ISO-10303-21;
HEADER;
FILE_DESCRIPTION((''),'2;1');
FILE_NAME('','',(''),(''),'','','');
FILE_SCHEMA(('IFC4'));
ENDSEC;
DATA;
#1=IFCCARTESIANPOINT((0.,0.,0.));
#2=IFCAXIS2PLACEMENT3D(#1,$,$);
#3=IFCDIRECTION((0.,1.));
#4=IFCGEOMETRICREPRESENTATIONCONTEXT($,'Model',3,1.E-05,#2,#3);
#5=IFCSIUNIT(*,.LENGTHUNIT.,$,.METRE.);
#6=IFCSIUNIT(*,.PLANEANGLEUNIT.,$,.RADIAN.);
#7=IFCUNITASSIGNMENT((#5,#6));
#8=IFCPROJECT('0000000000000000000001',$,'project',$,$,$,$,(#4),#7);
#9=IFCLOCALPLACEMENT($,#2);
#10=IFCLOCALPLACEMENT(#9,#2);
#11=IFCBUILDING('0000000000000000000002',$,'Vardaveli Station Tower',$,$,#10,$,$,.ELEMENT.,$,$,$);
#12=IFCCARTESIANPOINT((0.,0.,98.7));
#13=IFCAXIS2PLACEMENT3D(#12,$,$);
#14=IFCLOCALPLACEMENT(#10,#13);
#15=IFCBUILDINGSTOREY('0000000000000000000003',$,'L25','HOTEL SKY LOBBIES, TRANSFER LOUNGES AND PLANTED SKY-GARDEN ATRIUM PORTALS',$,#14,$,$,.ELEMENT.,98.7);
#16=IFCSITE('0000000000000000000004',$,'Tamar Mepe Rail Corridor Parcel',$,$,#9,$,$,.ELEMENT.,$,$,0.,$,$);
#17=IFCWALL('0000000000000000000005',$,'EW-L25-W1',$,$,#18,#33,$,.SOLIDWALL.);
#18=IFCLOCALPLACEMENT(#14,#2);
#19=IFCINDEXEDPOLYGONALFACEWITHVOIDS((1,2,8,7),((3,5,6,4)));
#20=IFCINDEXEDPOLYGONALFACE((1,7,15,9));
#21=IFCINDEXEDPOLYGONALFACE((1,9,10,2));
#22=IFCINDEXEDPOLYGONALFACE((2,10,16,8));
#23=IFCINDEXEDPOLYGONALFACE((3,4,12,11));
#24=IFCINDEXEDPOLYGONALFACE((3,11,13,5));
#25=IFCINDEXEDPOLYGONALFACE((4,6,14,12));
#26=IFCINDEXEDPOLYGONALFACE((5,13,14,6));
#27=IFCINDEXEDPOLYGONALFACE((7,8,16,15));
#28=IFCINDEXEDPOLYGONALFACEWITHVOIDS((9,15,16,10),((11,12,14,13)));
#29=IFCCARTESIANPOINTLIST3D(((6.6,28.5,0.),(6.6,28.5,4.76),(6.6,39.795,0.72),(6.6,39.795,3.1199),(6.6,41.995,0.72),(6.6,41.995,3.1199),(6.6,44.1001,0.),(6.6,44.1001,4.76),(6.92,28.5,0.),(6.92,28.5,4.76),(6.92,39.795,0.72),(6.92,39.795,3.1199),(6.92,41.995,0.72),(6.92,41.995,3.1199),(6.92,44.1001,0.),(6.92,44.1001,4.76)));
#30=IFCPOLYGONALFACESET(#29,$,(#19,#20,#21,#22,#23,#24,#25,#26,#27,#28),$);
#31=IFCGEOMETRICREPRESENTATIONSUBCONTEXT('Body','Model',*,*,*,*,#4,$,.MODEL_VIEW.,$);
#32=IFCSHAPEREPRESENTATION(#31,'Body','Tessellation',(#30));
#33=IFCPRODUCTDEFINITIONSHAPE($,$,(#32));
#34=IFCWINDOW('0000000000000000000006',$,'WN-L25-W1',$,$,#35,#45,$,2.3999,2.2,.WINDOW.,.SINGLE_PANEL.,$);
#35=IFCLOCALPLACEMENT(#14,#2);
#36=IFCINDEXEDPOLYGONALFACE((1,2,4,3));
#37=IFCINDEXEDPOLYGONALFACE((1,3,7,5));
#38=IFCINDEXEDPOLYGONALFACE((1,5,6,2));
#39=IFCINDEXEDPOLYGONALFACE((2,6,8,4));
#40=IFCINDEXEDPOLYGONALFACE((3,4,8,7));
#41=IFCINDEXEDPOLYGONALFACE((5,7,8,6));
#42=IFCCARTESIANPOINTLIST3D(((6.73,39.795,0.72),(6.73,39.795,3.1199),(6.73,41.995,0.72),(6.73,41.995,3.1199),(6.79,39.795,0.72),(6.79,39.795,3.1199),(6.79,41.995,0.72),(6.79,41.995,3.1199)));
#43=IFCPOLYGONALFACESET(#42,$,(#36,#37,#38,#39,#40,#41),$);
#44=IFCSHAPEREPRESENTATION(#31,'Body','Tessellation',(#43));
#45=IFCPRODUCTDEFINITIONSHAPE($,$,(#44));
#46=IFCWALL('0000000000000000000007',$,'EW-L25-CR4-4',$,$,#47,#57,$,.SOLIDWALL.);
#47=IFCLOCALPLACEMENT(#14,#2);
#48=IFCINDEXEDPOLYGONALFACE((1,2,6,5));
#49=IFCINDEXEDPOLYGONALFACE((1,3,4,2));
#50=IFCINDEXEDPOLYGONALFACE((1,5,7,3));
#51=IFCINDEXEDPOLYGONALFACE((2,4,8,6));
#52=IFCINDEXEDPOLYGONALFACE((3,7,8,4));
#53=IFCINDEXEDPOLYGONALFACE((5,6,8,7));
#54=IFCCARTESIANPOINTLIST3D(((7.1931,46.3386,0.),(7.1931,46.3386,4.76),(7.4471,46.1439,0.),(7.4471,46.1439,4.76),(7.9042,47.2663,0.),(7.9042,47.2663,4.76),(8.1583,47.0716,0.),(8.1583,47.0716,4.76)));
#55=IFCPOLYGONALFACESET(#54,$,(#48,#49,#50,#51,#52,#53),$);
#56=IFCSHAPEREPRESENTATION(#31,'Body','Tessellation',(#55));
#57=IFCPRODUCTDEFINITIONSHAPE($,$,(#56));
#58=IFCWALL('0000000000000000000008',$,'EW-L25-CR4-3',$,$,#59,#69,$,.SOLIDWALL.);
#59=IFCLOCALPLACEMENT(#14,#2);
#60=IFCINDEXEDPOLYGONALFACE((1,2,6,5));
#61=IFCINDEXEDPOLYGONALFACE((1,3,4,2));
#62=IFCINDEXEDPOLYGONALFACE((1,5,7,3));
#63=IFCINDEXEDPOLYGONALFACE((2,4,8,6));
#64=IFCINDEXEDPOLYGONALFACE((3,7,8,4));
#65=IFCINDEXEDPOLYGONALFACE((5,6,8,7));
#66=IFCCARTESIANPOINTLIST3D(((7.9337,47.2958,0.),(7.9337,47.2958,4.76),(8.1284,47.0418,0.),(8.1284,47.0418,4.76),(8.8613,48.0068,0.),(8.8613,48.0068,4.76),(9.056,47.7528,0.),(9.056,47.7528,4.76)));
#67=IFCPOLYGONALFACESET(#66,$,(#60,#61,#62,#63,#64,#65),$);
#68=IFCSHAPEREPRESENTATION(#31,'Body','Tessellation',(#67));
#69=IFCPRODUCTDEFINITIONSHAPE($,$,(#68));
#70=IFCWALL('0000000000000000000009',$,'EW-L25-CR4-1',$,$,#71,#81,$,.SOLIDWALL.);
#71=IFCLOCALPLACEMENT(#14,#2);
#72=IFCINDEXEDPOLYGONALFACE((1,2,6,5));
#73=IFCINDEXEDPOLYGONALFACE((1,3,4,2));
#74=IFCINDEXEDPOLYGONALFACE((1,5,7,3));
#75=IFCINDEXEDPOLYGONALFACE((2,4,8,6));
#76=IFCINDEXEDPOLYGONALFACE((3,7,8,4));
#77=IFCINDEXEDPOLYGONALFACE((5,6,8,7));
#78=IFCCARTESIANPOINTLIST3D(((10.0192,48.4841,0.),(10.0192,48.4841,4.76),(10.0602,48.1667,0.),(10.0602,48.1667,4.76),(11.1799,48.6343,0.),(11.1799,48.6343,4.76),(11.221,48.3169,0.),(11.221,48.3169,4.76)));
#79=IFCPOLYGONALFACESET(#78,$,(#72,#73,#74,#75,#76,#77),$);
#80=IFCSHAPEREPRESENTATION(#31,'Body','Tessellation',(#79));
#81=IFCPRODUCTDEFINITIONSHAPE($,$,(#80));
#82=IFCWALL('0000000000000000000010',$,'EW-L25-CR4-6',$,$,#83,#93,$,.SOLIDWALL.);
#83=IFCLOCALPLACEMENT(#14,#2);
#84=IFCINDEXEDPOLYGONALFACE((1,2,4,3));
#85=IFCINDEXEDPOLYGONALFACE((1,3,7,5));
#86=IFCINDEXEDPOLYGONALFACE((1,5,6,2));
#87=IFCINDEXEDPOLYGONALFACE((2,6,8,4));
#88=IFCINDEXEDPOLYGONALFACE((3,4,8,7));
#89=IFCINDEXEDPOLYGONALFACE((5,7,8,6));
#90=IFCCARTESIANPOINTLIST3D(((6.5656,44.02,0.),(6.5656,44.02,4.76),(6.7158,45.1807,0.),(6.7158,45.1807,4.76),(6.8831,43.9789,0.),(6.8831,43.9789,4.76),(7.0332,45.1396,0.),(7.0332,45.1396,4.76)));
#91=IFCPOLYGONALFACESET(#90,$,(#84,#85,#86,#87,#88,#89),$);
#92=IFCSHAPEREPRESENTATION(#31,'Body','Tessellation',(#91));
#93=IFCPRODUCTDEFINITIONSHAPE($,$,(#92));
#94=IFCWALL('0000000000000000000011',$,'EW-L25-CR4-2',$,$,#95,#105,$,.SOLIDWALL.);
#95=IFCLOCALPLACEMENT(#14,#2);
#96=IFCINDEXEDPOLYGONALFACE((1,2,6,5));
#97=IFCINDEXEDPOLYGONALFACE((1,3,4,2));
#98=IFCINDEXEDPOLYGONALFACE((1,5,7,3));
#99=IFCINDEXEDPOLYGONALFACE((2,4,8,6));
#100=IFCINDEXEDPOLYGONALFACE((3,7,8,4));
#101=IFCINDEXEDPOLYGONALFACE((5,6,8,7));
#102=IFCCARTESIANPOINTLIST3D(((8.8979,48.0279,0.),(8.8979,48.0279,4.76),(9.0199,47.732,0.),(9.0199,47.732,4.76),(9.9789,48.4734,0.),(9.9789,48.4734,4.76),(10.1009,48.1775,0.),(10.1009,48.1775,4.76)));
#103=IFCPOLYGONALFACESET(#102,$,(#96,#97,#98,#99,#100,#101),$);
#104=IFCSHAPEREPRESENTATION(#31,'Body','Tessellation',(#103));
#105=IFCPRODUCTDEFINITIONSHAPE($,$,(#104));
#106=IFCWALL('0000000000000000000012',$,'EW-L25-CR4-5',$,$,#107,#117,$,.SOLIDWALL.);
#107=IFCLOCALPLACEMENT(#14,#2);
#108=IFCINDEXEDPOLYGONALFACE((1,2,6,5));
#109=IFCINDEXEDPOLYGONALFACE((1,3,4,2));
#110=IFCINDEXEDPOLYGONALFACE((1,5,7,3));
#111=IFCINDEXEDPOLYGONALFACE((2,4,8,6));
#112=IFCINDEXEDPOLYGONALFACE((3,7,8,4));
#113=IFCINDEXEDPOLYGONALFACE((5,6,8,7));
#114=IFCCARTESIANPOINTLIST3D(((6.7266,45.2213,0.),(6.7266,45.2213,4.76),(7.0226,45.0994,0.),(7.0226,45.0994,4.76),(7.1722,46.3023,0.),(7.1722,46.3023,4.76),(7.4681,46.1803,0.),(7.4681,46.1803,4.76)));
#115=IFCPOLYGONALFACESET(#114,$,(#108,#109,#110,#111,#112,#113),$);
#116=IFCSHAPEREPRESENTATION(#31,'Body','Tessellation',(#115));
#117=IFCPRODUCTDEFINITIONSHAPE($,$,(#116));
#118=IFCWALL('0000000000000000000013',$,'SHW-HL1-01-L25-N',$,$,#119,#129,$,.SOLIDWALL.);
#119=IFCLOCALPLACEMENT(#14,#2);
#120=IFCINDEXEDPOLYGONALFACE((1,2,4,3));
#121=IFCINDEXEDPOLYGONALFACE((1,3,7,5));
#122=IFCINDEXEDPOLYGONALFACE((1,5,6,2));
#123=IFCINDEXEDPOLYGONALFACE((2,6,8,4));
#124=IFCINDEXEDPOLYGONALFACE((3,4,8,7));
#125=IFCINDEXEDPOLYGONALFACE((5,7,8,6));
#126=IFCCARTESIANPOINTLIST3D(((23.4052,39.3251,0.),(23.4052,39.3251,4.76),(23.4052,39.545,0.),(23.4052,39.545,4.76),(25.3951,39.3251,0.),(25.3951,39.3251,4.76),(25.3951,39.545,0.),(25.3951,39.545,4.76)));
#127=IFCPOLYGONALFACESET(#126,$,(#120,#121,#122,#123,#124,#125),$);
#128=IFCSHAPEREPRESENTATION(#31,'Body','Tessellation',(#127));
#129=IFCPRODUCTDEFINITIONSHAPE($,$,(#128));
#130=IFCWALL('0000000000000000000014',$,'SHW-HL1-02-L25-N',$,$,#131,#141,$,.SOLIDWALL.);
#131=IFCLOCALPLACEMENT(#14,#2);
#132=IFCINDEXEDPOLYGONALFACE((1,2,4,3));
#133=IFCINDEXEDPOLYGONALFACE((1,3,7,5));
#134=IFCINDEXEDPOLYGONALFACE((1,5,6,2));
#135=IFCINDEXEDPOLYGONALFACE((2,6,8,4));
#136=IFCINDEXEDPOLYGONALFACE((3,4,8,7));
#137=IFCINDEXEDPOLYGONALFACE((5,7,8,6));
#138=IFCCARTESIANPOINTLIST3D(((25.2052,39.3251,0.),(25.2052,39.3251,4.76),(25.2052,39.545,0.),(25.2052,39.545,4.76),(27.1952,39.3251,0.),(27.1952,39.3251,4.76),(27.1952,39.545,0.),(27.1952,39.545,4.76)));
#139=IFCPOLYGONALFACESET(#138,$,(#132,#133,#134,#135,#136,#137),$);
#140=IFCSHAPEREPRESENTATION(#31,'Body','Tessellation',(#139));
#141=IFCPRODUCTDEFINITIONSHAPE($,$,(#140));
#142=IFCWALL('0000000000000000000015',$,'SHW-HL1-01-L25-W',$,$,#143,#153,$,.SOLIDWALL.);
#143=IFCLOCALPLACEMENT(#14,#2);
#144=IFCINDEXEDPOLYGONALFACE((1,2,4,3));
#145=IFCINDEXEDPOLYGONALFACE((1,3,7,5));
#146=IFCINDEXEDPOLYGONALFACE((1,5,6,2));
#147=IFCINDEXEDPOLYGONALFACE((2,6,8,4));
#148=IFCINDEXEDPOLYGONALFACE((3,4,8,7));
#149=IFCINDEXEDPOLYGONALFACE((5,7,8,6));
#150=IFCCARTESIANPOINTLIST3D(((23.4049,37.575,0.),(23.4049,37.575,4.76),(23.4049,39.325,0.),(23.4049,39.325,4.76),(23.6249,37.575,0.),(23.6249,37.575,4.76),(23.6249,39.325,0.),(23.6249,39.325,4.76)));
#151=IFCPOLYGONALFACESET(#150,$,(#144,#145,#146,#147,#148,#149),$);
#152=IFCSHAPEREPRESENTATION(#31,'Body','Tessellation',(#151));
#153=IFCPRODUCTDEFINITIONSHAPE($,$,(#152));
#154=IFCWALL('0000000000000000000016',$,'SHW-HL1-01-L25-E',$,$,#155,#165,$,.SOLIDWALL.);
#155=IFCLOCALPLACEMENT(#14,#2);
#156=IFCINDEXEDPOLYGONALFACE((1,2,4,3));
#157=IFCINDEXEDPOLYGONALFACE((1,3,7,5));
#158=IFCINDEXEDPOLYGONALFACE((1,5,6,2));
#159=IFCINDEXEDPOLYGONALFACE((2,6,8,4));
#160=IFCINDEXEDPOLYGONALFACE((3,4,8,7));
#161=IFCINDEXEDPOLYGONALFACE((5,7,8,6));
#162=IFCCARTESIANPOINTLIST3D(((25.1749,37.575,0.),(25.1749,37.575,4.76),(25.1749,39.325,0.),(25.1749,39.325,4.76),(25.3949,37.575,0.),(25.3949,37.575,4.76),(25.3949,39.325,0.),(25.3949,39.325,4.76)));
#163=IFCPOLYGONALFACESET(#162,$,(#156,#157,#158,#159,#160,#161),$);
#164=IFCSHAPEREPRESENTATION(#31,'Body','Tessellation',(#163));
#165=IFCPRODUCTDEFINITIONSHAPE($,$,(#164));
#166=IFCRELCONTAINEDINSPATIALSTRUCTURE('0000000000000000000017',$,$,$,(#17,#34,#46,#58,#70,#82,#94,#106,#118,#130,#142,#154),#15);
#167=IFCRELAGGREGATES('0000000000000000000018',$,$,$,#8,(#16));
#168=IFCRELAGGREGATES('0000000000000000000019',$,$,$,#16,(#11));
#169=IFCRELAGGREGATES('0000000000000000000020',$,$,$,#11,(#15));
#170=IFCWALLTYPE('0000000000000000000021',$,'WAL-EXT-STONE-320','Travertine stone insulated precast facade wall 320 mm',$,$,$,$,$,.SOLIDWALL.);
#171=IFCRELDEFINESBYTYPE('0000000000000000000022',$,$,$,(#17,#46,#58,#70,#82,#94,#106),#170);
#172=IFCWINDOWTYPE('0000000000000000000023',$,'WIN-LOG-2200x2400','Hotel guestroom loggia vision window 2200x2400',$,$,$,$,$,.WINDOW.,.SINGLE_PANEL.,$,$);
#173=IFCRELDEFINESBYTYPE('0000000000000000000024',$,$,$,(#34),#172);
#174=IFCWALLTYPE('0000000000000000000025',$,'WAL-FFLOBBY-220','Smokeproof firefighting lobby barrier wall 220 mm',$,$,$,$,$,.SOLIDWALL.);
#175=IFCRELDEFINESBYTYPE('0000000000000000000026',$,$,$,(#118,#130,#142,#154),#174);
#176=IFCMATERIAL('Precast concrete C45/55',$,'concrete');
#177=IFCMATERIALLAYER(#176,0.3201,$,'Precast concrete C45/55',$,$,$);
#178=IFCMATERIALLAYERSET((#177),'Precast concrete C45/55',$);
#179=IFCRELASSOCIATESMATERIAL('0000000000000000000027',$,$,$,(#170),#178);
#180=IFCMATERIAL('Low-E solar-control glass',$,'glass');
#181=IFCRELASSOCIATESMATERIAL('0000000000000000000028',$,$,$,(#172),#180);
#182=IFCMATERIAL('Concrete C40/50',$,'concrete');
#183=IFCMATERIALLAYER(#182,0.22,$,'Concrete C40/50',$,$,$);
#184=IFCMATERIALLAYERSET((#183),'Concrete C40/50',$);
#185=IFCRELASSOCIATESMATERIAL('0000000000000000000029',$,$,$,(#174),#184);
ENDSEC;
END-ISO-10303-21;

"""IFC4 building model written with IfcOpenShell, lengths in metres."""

from ifc_helpers import new_model, si_unit, direction, frame, frame_2d, origin, place, context, subcontext, project, spatial, rectangle, extrude, source, transform, mapped, material, layer, layer_set, type_object, element, fill, save


model = new_model("IFC4")

# Units and contexts
model_context = context("Model", 3, precision=1e-05, world=origin(), true_north=direction((0.0, 1.0)))
body_context = subcontext(model_context, "Body", "Model", "MODEL_VIEW")
ifc_project = project(units=[si_unit("LENGTHUNIT", "METRE"), si_unit("PLANEANGLEUNIT", "RADIAN")], contexts=[model_context])

# Site, building, storey
site_placement = place(None, origin())
site = spatial("IfcSite", under=ifc_project, at=site_placement, Name="Tamar Mepe Rail Corridor Parcel", CompositionType="ELEMENT", RefElevation=0.0)
building_placement = place(site_placement, origin())
building = spatial("IfcBuilding", under=site, at=building_placement, Name="Vardaveli Station Tower", CompositionType="ELEMENT")
storey_placement = place(building_placement, frame((0.0, 0.0, 98.7)))
storey = spatial("IfcBuildingStorey", under=building, at=storey_placement, Name="L25", Description="HOTEL SKY LOBBIES, TRANSFER LOUNGES AND PLANTED SKY-GARDEN ATRIUM PORTALS", CompositionType="ELEMENT", Elevation=98.7)

# Wall, opening, window
ifc_material_1 = material(Name="Precast concrete C45/55", Category="concrete")
ifc_layer_1 = layer(ifc_material_1, 0.3201, Name="Precast concrete C45/55")
ifc_layer_set_1 = layer_set([ifc_layer_1], Name="Precast concrete C45/55")
wall_type_1 = type_object("IfcWallType", Name="WAL-EXT-STONE-320", Description="Travertine stone insulated precast facade wall 320 mm", PredefinedType="SOLIDWALL", material=ifc_layer_set_1)
shared_shape_1 = source(origin(), body_context, "Body", "SweptSolid", [
    extrude(rectangle(XDim=15.6001, YDim=0.3201, at=frame_2d((7.8, 0.0))), origin(), (0.0, 0.0, 1.0), 4.76),
])
wall_1_placement = place(storey_placement, frame((6.76, 44.1001, 0.0), z_axis=(0.0, 0.0, 1.0), x_axis=(0.0, -1.0, 0.0)))
wall_1 = element("IfcWall", 1, at=wall_1_placement, inside=storey, type_object=wall_type_1, Name="EW-L25-W1", PredefinedType="SOLIDWALL", context=body_context, shape_type="MappedRepresentation", body=[
    mapped(shared_shape_1, transform((0.0, 0.0, 0.0), scale=1.0)),
])
shared_shape_2 = source(origin(), body_context, "Body", "SweptSolid", [
    extrude(rectangle(XDim=2.2, YDim=2.3999, at=frame_2d((1.1001, 1.2))), frame((0.0, 0.1699, 0.0), z_axis=(0.0, -1.0, 0.0), x_axis=(1.0, 0.0, 0.0)), (0.0, 0.0, 1.0), 0.3401),
])
opening_1_placement = place(wall_1_placement, frame((2.105, 0.0, 0.72)))
opening_1 = element("IfcOpeningElement", 2, at=opening_1_placement, cuts=wall_1, PredefinedType="OPENING", context=body_context, shape_type="MappedRepresentation", body=[
    mapped(shared_shape_2, transform((0.0, 0.0, 0.0), scale=1.0)),
])
ifc_material_2 = material(Name="Low-E solar-control glass", Category="glass")
window_type = type_object("IfcWindowType", Name="WIN-LOG-2200x2400", Description="Hotel guestroom loggia vision window 2200x2400", PartitioningType="SINGLE_PANEL", PredefinedType="WINDOW", material=ifc_material_2)
shared_shape_3 = source(origin(), body_context, "Body", "SweptSolid", [
    extrude(rectangle(XDim=2.2, YDim=2.3999, at=frame_2d((1.1001, 1.2))), frame((0.0, 0.03, 0.0), z_axis=(0.0, -1.0, 0.0), x_axis=(1.0, 0.0, 0.0)), (0.0, 0.0, 1.0), 0.0601),
])
window_placement = place(opening_1_placement, origin())
window = element("IfcWindow", 3, at=window_placement, inside=storey, type_object=window_type, Name="WN-L25-W1", OverallHeight=2.3999, OverallWidth=2.2, PartitioningType="SINGLE_PANEL", PredefinedType="WINDOW", context=body_context, shape_type="MappedRepresentation", body=[
    mapped(shared_shape_3, transform((0.0, 0.0, 0.0), scale=1.0)),
])
fill(opening_1, window)

# Walls
shared_shape_4 = source(origin(), body_context, "Body", "SweptSolid", [
    extrude(rectangle(XDim=1.1689, YDim=0.3201, at=frame_2d((0.5845, 0.0))), origin(), (0.0, 0.0, 1.0), 4.76),
])
wall_2_placement = place(storey_placement, frame((8.0312, 47.1689, 0.0), z_axis=(0.0, 0.0, 1.0), x_axis=(-0.608388, -0.79364, 0.0)))
element("IfcWall", 4, at=wall_2_placement, inside=storey, type_object=wall_type_1, Name="EW-L25-CR4-4", PredefinedType="SOLIDWALL", context=body_context, shape_type="MappedRepresentation", body=[
    mapped(shared_shape_4, transform((0.0, 0.0, 0.0), scale=1.0)),
])
shared_shape_5 = source(origin(), body_context, "Body", "SweptSolid", [
    extrude(rectangle(XDim=1.1687, YDim=0.3201, at=frame_2d((0.5845, 0.0))), origin(), (0.0, 0.0, 1.0), 4.76),
])
wall_3_placement = place(storey_placement, frame((8.9587, 47.8799, 0.0), z_axis=(0.0, 0.0, 1.0), x_axis=(-0.793664, -0.608357, 0.0)))
element("IfcWall", 5, at=wall_3_placement, inside=storey, type_object=wall_type_1, Name="EW-L25-CR4-3", PredefinedType="SOLIDWALL", context=body_context, shape_type="MappedRepresentation", body=[
    mapped(shared_shape_5, transform((0.0, 0.0, 0.0), scale=1.0)),
])
shared_shape_6 = source(origin(), body_context, "Body", "SweptSolid", [
    extrude(rectangle(XDim=1.1704, YDim=0.3201, at=frame_2d((0.5852, 0.0))), origin(), (0.0, 0.0, 1.0), 4.76),
])
for number, where, z_axis, x_axis, name in (
    (6, (11.2004, 48.4756, 0.0), (0.0, 0.0, 1.0), (-0.991736, -0.128296, 0.0), "EW-L25-CR4-1"),
    (7, (6.8745, 45.1602, 0.0), (0.0, 0.0, 1.0), (-0.128296, -0.991736, 0.0), "EW-L25-CR4-6"),
):
    element("IfcWall", number, at=place(storey_placement, frame(where, z_axis=z_axis, x_axis=x_axis)), inside=storey, type_object=wall_type_1, Name=name, PredefinedType="SOLIDWALL", context=body_context, shape_type="MappedRepresentation", body=[
        mapped(shared_shape_6, transform((0.0, 0.0, 0.0), scale=1.0)),
    ])
shared_shape_7 = source(origin(), body_context, "Body", "SweptSolid", [
    extrude(rectangle(XDim=1.1692, YDim=0.3201, at=frame_2d((0.5845, 0.0))), origin(), (0.0, 0.0, 1.0), 4.76),
])
for number, where, z_axis, x_axis, name in (
    (8, (10.0398, 48.3254, 0.0), (0.0, 0.0, 1.0), (-0.924553, -0.381054, 0.0), "EW-L25-CR4-2"),
    (9, (7.3201, 46.2412, 0.0), (0.0, 0.0, 1.0), (-0.381054, -0.924553, 0.0), "EW-L25-CR4-5"),
):
    element("IfcWall", number, at=place(storey_placement, frame(where, z_axis=z_axis, x_axis=x_axis)), inside=storey, type_object=wall_type_1, Name=name, PredefinedType="SOLIDWALL", context=body_context, shape_type="MappedRepresentation", body=[
        mapped(shared_shape_7, transform((0.0, 0.0, 0.0), scale=1.0)),
    ])
ifc_material_3 = material(Name="Concrete C40/50", Category="concrete")
ifc_layer_2 = layer(ifc_material_3, 0.22, Name="Concrete C40/50")
ifc_layer_set_2 = layer_set([ifc_layer_2], Name="Concrete C40/50")
wall_type_2 = type_object("IfcWallType", Name="WAL-FFLOBBY-220", Description="Smokeproof firefighting lobby barrier wall 220 mm", PredefinedType="SOLIDWALL", material=ifc_layer_set_2)
shared_shape_8 = source(origin(), body_context, "Body", "SweptSolid", [
    extrude(rectangle(XDim=1.99, YDim=0.22, at=frame_2d((0.9951, 0.0))), origin(), (0.0, 0.0, 1.0), 4.76),
])
for number, where, z_axis, x_axis, name in (
    (10, (23.405, 39.4351, 0.0), (0.0, 0.0, 1.0), (1.0, 0.0, 0.0), "SHW-HL1-01-L25-N"),
    (11, (25.2051, 39.4351, 0.0), (0.0, 0.0, 1.0), (1.0, 0.0, 0.0), "SHW-HL1-02-L25-N"),
):
    element("IfcWall", number, at=place(storey_placement, frame(where, z_axis=z_axis, x_axis=x_axis)), inside=storey, type_object=wall_type_2, Name=name, PredefinedType="SOLIDWALL", context=body_context, shape_type="MappedRepresentation", body=[
        mapped(shared_shape_8, transform((0.0, 0.0, 0.0), scale=1.0)),
    ])
shared_shape_9 = source(origin(), body_context, "Body", "SweptSolid", [
    extrude(rectangle(XDim=1.75, YDim=0.22, at=frame_2d((0.875, 0.0))), origin(), (0.0, 0.0, 1.0), 4.76),
])
for number, where, z_axis, x_axis, name in (
    (12, (23.5149, 37.575, 0.0), (0.0, 0.0, 1.0), (0.0, 1.0, 0.0), "SHW-HL1-01-L25-W"),
    (13, (25.2849, 37.575, 0.0), (0.0, 0.0, 1.0), (0.0, 1.0, 0.0), "SHW-HL1-01-L25-E"),
):
    element("IfcWall", number, at=place(storey_placement, frame(where, z_axis=z_axis, x_axis=x_axis)), inside=storey, type_object=wall_type_2, Name=name, PredefinedType="SOLIDWALL", context=body_context, shape_type="MappedRepresentation", body=[
        mapped(shared_shape_9, transform((0.0, 0.0, 0.0), scale=1.0)),
    ])

save(model, "model.ifc")
